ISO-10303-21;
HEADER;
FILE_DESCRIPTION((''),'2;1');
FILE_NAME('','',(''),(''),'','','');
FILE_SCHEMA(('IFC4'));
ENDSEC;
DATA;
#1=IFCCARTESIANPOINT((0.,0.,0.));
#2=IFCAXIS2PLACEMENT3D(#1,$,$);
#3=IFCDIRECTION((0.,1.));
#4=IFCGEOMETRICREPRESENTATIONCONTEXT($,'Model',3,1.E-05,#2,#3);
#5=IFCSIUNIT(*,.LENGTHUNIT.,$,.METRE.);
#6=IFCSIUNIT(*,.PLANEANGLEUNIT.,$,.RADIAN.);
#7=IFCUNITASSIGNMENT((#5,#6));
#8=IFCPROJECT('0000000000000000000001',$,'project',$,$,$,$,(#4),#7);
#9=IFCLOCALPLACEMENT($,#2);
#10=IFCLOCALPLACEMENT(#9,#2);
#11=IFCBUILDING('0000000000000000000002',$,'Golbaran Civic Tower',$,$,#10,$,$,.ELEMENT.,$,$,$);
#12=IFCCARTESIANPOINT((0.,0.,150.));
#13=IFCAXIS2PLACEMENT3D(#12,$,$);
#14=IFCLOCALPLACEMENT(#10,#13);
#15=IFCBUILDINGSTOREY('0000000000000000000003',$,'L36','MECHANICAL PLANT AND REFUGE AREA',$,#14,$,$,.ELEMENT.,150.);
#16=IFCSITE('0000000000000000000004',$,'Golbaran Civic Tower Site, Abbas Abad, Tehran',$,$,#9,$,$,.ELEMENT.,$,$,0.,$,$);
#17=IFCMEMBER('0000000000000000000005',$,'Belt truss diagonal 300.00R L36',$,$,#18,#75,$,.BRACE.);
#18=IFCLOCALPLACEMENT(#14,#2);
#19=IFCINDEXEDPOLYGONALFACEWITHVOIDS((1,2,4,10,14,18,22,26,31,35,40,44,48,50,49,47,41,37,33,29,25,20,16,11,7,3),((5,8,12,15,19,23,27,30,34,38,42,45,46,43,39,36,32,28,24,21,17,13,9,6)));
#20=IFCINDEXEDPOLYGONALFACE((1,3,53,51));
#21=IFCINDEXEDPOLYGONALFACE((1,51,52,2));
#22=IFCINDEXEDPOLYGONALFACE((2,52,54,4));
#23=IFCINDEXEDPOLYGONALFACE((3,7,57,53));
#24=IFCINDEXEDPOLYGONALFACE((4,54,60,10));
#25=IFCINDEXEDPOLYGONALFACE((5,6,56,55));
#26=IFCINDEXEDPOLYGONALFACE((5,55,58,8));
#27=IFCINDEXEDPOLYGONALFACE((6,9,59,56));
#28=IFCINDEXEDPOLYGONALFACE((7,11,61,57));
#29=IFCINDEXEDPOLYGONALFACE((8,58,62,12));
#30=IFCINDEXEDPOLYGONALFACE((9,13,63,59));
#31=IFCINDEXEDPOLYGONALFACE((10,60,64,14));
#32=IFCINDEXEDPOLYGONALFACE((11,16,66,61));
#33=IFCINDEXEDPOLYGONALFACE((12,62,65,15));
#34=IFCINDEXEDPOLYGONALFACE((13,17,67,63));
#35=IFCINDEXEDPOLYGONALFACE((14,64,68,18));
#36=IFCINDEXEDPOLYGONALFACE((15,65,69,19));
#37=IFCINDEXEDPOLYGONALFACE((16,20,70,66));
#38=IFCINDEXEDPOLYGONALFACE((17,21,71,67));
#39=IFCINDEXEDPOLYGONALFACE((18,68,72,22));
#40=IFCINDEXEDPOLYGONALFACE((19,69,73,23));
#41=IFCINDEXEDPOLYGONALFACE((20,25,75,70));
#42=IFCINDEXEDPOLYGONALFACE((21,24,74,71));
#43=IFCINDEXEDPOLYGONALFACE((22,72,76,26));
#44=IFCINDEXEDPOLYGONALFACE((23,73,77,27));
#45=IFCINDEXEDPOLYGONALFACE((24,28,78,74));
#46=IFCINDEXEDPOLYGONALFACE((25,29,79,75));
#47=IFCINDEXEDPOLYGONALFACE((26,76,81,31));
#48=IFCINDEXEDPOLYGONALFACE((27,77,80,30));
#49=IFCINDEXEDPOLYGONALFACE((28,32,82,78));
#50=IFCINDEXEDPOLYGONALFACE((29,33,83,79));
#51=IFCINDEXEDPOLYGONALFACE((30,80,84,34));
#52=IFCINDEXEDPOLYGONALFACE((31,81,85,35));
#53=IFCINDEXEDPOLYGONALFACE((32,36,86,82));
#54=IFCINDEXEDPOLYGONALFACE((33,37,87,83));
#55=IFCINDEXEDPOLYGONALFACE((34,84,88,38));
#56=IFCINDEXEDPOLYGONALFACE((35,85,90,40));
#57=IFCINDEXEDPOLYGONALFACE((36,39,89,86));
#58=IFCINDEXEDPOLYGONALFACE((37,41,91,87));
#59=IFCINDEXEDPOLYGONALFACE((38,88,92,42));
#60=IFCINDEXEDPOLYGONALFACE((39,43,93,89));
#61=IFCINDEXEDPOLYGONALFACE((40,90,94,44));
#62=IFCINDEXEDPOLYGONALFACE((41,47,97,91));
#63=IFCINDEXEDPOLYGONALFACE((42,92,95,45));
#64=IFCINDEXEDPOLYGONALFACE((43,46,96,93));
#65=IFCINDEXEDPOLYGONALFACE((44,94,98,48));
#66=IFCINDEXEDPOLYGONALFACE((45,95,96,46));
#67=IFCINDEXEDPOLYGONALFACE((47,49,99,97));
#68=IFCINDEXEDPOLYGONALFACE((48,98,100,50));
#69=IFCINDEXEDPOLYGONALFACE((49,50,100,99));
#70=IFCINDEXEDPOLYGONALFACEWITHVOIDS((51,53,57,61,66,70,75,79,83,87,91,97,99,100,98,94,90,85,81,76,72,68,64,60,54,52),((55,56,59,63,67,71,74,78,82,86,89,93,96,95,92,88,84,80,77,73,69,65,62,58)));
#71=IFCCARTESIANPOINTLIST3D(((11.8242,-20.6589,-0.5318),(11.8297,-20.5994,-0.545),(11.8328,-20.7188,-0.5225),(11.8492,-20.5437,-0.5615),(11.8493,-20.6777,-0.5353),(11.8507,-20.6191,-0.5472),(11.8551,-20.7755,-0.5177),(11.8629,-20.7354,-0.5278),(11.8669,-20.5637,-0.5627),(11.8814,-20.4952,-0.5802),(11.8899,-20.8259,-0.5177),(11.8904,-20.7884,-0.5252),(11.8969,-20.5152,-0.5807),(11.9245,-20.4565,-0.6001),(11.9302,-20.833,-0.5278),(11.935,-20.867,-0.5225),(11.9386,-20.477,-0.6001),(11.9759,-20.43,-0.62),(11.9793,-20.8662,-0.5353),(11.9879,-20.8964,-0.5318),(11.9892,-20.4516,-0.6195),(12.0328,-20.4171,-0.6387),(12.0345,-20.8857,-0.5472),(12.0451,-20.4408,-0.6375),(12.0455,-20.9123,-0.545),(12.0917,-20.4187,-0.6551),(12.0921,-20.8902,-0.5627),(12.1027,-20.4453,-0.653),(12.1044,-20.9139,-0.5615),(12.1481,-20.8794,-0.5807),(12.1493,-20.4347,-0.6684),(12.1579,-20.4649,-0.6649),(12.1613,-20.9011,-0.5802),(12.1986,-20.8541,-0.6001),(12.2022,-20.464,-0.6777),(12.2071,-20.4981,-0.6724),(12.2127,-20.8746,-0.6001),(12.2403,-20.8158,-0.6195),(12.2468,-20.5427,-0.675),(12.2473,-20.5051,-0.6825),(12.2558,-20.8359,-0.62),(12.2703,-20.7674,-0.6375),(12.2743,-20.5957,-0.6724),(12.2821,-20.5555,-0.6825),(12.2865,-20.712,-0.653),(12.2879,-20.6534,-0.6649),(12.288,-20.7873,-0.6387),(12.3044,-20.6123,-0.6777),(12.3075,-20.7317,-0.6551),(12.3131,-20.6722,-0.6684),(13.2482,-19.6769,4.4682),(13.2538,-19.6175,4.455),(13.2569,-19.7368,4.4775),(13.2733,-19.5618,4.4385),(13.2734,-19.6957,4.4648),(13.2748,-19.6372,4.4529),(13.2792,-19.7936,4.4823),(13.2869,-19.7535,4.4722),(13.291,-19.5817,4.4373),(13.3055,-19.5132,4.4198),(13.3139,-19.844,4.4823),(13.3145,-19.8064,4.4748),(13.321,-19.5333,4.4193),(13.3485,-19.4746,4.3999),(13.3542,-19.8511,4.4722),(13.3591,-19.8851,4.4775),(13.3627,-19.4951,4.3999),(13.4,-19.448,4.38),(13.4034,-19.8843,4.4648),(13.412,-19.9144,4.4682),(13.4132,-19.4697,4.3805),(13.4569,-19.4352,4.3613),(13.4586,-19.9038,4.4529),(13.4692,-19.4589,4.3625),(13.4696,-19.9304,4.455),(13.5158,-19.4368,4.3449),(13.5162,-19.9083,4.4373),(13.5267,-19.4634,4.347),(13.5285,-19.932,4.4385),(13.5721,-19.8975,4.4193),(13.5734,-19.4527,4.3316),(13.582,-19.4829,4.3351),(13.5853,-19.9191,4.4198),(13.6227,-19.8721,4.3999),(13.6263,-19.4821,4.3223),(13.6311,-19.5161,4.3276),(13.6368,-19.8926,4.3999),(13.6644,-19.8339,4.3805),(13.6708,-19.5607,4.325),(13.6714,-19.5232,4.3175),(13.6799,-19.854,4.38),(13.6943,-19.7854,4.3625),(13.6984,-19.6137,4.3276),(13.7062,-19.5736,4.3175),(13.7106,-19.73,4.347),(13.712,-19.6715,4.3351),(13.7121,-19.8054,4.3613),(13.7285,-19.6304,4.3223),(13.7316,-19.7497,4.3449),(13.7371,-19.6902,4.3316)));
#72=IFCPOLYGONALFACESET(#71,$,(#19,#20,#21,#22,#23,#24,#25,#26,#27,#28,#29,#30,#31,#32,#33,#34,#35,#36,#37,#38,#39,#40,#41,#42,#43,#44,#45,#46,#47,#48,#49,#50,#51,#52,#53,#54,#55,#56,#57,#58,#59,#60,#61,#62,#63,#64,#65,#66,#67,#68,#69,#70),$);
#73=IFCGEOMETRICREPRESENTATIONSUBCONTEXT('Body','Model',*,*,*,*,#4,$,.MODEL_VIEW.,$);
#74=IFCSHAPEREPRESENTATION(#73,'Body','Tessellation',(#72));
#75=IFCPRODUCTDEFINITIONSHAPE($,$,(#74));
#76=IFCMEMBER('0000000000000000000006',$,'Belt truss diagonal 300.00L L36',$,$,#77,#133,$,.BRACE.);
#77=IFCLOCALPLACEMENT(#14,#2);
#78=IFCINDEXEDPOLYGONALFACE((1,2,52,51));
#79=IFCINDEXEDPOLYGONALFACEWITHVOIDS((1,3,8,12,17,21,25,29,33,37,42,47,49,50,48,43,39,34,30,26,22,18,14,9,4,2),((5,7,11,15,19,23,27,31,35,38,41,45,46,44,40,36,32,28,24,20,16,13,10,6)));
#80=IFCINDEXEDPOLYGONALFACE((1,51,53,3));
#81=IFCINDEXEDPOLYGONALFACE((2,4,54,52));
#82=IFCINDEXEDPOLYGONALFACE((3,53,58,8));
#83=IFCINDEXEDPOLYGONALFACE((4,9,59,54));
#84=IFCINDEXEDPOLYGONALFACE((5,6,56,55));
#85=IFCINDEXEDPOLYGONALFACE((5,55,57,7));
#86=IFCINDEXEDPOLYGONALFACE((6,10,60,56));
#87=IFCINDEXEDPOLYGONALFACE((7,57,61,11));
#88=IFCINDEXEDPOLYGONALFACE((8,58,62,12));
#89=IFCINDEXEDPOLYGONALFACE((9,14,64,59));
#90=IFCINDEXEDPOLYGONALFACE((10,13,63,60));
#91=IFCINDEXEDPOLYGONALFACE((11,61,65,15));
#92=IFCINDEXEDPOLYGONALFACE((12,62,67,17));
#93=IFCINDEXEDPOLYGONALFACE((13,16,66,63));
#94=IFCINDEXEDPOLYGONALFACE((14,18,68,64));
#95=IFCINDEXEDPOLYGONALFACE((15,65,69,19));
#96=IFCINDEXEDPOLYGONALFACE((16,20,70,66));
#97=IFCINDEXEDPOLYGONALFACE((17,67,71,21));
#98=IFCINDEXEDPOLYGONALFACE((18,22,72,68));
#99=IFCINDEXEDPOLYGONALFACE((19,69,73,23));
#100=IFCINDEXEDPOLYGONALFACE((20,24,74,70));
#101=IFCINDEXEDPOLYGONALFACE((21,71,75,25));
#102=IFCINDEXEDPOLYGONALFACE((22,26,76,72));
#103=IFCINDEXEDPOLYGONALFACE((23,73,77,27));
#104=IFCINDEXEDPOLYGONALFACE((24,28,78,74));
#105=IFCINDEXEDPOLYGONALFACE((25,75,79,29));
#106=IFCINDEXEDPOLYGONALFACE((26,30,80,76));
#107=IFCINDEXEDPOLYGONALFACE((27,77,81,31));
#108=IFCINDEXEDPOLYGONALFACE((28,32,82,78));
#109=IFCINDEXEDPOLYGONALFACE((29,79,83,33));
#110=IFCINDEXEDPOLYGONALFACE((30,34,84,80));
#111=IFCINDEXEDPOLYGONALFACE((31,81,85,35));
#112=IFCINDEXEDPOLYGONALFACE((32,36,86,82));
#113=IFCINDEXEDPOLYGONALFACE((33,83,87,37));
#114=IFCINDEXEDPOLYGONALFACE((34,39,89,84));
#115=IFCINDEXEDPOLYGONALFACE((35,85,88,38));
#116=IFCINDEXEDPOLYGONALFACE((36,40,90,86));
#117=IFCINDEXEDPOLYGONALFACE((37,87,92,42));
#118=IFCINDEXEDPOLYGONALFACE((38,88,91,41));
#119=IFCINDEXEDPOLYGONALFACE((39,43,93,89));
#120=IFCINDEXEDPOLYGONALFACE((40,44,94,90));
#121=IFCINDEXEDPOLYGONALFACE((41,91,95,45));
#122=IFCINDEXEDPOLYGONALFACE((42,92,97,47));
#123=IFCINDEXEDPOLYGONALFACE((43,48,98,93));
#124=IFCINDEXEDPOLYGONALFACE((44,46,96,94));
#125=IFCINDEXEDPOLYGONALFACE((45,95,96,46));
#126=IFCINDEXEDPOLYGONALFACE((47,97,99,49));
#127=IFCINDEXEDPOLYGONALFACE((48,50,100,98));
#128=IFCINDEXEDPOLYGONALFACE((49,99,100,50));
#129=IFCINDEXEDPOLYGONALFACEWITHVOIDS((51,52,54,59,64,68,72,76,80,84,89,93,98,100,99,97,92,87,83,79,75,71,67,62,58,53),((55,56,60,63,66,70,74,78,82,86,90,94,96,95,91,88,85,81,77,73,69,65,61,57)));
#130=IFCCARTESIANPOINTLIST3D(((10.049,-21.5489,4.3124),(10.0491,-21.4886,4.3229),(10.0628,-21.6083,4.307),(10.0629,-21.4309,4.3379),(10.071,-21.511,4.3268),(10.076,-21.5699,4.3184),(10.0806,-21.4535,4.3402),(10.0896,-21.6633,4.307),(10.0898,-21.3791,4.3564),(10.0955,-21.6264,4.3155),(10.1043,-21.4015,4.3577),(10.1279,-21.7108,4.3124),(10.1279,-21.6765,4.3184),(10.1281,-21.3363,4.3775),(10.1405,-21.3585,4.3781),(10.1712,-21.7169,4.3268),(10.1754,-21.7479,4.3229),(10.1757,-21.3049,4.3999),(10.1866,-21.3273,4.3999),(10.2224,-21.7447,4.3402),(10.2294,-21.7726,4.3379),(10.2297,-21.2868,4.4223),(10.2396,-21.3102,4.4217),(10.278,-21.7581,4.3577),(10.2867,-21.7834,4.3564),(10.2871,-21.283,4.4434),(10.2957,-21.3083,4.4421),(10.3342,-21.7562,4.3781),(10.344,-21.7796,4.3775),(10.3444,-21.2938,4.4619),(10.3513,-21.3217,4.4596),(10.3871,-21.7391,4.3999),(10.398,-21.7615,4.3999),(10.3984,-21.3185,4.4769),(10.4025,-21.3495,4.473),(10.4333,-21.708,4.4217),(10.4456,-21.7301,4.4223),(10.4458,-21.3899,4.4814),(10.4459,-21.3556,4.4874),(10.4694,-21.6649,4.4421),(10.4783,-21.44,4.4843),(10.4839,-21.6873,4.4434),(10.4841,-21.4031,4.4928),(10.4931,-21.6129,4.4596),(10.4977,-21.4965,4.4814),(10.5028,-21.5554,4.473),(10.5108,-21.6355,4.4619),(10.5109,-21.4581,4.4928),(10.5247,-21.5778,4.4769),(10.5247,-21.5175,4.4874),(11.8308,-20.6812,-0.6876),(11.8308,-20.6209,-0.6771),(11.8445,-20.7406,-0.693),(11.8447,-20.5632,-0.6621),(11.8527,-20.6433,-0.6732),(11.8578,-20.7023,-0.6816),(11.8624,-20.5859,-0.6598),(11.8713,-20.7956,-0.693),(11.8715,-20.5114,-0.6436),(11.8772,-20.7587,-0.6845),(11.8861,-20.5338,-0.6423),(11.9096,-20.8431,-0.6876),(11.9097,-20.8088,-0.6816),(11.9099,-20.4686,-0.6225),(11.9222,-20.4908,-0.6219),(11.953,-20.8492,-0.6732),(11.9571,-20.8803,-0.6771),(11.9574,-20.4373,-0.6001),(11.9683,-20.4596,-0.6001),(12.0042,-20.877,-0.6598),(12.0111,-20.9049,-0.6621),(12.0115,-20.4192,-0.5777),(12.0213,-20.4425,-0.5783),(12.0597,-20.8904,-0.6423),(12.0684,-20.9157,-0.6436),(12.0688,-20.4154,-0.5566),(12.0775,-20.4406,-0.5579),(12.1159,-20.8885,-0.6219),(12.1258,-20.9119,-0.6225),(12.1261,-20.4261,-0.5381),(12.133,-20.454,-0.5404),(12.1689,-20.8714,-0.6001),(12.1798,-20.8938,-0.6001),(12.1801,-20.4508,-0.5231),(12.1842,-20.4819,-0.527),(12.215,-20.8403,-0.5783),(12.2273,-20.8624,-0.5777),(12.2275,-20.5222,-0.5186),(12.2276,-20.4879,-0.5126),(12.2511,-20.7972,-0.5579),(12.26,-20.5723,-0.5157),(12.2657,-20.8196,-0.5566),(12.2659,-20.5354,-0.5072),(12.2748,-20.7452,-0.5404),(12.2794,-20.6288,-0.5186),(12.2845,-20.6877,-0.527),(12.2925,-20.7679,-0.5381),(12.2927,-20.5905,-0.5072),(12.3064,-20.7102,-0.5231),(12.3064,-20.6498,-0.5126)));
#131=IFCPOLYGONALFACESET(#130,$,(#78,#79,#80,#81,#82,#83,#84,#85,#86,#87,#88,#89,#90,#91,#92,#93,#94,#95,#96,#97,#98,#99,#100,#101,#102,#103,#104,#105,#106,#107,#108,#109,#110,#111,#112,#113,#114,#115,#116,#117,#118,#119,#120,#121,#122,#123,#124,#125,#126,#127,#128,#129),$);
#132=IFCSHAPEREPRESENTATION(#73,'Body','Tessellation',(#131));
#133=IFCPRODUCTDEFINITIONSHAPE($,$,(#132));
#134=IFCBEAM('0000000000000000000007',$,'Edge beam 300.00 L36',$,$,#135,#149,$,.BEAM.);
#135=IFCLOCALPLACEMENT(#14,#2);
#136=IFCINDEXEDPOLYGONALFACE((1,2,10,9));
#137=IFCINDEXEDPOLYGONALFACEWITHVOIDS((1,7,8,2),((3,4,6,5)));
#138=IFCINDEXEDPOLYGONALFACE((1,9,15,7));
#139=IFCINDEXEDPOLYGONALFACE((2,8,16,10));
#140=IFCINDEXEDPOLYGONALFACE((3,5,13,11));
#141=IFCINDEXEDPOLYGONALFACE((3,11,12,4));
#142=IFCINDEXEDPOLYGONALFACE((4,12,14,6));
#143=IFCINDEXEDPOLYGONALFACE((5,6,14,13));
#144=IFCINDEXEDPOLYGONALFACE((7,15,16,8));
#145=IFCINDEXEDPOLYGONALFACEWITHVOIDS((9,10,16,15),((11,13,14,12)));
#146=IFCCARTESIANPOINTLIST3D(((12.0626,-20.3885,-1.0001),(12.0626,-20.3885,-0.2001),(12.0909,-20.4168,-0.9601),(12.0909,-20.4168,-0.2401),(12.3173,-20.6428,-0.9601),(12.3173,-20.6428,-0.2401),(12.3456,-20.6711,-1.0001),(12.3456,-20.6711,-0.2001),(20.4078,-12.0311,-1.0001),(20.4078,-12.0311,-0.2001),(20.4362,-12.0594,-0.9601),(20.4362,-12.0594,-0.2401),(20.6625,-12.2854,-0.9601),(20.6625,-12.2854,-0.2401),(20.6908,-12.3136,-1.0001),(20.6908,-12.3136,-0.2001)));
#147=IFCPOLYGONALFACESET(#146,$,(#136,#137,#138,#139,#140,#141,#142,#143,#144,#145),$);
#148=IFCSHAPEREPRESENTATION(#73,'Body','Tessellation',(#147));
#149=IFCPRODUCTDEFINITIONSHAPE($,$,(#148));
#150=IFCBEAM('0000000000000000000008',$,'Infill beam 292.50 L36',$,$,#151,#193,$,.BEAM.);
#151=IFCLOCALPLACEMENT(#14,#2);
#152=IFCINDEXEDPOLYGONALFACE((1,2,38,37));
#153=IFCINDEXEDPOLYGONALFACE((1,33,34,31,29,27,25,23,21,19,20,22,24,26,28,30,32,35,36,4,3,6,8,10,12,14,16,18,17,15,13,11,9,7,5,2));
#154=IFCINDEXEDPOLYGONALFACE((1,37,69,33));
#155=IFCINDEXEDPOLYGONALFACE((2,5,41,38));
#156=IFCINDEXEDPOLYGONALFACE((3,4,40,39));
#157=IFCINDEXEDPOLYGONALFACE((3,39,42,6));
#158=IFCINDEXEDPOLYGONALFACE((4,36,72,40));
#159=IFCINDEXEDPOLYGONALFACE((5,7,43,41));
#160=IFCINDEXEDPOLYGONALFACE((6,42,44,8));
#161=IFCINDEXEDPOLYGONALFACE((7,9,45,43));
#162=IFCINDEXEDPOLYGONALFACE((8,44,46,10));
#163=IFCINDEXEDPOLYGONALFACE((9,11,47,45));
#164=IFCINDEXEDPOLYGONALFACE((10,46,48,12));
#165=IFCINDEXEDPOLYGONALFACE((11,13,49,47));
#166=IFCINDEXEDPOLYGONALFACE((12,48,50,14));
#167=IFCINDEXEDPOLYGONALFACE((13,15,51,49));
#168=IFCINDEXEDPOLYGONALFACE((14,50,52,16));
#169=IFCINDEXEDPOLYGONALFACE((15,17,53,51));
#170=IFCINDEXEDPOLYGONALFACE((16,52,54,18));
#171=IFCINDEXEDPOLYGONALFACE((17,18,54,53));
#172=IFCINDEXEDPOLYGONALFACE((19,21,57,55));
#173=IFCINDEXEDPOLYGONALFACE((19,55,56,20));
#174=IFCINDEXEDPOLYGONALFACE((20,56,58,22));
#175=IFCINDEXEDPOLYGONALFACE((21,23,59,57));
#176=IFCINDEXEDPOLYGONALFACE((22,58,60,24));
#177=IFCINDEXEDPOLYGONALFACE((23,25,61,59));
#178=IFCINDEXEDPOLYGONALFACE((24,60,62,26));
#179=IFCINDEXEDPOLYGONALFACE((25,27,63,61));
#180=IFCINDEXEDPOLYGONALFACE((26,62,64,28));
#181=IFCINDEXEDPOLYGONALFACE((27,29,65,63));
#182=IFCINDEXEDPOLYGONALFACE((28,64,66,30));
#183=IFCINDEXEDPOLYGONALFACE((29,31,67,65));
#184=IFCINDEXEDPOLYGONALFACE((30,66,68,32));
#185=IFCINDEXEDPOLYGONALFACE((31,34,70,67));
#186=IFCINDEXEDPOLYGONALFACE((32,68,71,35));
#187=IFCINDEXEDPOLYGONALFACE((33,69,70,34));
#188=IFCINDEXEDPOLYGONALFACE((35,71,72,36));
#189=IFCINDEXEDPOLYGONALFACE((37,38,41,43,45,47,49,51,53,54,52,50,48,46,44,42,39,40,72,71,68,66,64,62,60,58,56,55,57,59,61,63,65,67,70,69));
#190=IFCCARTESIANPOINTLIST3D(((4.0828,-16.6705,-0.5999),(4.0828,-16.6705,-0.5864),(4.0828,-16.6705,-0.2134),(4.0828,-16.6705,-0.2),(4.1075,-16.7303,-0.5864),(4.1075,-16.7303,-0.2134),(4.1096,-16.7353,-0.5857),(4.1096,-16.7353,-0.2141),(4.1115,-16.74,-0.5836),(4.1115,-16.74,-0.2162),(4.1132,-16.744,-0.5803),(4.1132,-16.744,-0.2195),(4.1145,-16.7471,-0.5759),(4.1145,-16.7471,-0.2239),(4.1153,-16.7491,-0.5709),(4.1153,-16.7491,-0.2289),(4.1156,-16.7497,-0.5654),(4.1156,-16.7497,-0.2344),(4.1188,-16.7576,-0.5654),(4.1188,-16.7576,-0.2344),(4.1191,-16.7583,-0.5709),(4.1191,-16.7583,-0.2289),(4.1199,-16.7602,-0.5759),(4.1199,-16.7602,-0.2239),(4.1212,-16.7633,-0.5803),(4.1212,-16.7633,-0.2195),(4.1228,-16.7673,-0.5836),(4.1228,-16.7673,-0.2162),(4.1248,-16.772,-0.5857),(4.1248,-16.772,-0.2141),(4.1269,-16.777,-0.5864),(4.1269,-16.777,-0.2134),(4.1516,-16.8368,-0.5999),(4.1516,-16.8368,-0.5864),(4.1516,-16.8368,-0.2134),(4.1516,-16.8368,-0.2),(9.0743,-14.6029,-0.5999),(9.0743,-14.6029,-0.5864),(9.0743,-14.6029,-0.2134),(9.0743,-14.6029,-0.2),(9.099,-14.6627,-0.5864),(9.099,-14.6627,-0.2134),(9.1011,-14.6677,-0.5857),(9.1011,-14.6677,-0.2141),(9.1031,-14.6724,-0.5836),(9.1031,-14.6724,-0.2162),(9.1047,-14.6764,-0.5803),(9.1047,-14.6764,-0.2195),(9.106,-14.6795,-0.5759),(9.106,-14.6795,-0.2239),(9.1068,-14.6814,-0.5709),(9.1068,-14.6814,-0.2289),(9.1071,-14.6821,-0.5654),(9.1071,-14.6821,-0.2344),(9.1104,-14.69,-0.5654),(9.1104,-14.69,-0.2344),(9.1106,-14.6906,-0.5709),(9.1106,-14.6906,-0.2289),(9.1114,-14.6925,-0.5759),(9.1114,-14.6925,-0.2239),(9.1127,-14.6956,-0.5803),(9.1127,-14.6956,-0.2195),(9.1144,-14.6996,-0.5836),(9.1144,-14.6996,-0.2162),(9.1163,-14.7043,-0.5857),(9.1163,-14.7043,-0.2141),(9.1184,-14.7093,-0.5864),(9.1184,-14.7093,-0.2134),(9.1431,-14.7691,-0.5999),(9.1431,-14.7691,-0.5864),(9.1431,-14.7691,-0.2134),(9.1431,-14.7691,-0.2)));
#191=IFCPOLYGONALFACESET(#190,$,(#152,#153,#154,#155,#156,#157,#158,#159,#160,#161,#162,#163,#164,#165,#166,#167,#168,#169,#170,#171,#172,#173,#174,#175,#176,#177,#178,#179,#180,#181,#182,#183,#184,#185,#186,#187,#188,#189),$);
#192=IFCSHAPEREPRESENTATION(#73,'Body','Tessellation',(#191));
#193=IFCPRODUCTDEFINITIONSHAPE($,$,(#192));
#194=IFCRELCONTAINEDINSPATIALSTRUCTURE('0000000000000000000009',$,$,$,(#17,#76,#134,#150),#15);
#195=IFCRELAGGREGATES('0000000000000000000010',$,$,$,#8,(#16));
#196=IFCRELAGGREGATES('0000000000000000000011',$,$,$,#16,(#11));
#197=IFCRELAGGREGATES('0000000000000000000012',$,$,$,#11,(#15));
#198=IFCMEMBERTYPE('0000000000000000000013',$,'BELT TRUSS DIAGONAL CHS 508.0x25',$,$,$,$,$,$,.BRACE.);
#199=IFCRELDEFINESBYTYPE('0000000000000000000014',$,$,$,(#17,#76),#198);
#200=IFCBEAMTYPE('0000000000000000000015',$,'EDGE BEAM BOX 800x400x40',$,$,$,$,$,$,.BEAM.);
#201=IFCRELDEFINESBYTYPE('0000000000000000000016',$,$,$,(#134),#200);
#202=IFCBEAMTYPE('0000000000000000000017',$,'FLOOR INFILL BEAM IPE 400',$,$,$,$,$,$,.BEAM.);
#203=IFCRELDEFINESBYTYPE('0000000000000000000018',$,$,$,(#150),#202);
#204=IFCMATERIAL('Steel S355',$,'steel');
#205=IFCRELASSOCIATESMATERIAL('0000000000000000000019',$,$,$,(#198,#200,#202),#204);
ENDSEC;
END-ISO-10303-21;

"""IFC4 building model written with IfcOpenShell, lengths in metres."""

from ifc_helpers import new_model, si_unit, direction, frame, origin, origin_2d, place, context, subcontext, project, spatial, hollow_rectangle, hollow_circle, i_section, extrude, material, material_profile, profile_set, type_object, element, save


model = new_model("IFC4")

# Units and contexts
model_context = context("Model", 3, precision=1e-05, world=origin(), true_north=direction((0.0, 1.0)))
body_context = subcontext(model_context, "Body", "Model", "MODEL_VIEW")
ifc_project = project(units=[si_unit("LENGTHUNIT", "METRE"), si_unit("PLANEANGLEUNIT", "RADIAN")], contexts=[model_context])

# Site, building, storey
site_placement = place(None, origin())
site = spatial("IfcSite", under=ifc_project, at=site_placement, Name="Golbaran Civic Tower Site, Abbas Abad, Tehran", CompositionType="ELEMENT", RefElevation=0.0)
building_placement = place(site_placement, origin())
building = spatial("IfcBuilding", under=site, at=building_placement, Name="Golbaran Civic Tower", CompositionType="ELEMENT")
storey_placement = place(building_placement, frame((0.0, 0.0, 150.0)))
storey = spatial("IfcBuildingStorey", under=building, at=storey_placement, Name="L36", Description="MECHANICAL PLANT AND REFUGE AREA", CompositionType="ELEMENT", Elevation=150.0)

# Members
ifc_material_1 = material(Name="Steel S355", Category="steel")
ifc_material_profile_1 = material_profile(ifc_material_1, hollow_circle(Radius=0.2539, WallThickness=0.0249, at=origin_2d()), Name="CHS 508.0x25")
ifc_profile_set_1 = profile_set([ifc_material_profile_1], Name="Steel S355")
member_type_1 = type_object("IfcMemberType", Name="BELT TRUSS DIAGONAL CHS 508.0x25", PredefinedType="BRACE", material=ifc_profile_set_1)
member_1_placement = place(storey_placement, frame((12.0686, -20.6655, -0.6001), z_axis=(0.269162, 0.185594, 0.945043), x_axis=(-0.56766, 0.823263, 0.0)))
element("IfcMember", 1, at=member_1_placement, inside=storey, type_object=member_type_1, Name="Belt truss diagonal 300.00R L36", PredefinedType="BRACE", context=body_context, shape_type="SweptSolid", body=[
    extrude(hollow_circle(Radius=0.2539, WallThickness=0.0249, at=origin_2d()), origin(), (0.0, 0.0, 1.0), 5.2908),
])
member_2_placement = place(storey_placement, frame((12.0686, -20.6655, -0.6001), z_axis=(-0.331275, -0.161325, 0.92964), x_axis=(0.437826, -0.89906, 0.0)))
element("IfcMember", 2, at=member_2_placement, inside=storey, type_object=member_type_1, Name="Belt truss diagonal 300.00L L36", PredefinedType="BRACE", context=body_context, shape_type="SweptSolid", body=[
    extrude(hollow_circle(Radius=0.2539, WallThickness=0.0249, at=origin_2d()), origin(), (0.0, 0.0, 1.0), 5.3784),
])

# Beams
ifc_material_profile_2 = material_profile(ifc_material_1, hollow_rectangle(XDim=0.3999, YDim=0.8, WallThickness=0.04, at=origin_2d()), Name="BOX 800x400x40")
ifc_profile_set_2 = profile_set([ifc_material_profile_2], Name="Steel S355")
beam_type_1 = type_object("IfcBeamType", Name="EDGE BEAM BOX 800x400x40", PredefinedType="BEAM", material=ifc_profile_set_2)
beam_1_placement = place(storey_placement, frame((12.2041, -20.5298, -0.6001), z_axis=(0.70659, 0.707623, 0.0), x_axis=(-0.707623, 0.70659, 0.0)))
element("IfcBeam", 3, at=beam_1_placement, inside=storey, type_object=beam_type_1, Name="Edge beam 300.00 L36", PredefinedType="BEAM", context=body_context, shape_type="SweptSolid", body=[
    extrude(hollow_rectangle(XDim=0.3999, YDim=0.8, WallThickness=0.04, at=origin_2d()), origin(), (0.0, 0.0, 1.0), 11.8105),
])
ifc_material_profile_3 = material_profile(ifc_material_1, i_section(OverallWidth=0.1799, OverallDepth=0.3999, WebThickness=0.0085, FlangeThickness=0.0134, FilletRadius=0.021, at=origin_2d()), Name="IPE 400")
ifc_profile_set_3 = profile_set([ifc_material_profile_3], Name="Steel S355")
beam_type_2 = type_object("IfcBeamType", Name="FLOOR INFILL BEAM IPE 400", PredefinedType="BEAM", material=ifc_profile_set_3)
beam_2_placement = place(storey_placement, frame((4.1172, -16.7537, -0.3999), z_axis=(0.923873, 0.382699, 0.0), x_axis=(-0.382699, 0.923873, 0.0)))
element("IfcBeam", 4, at=beam_2_placement, inside=storey, type_object=beam_type_2, Name="Infill beam 292.50 L36", PredefinedType="BEAM", context=body_context, shape_type="SweptSolid", body=[
    extrude(i_section(OverallWidth=0.1799, OverallDepth=0.3999, WebThickness=0.0085, FlangeThickness=0.0134, FilletRadius=0.021, at=origin_2d()), origin(), (0.0, 0.0, 1.0), 5.4028),
])

save(model, "model.ifc")
